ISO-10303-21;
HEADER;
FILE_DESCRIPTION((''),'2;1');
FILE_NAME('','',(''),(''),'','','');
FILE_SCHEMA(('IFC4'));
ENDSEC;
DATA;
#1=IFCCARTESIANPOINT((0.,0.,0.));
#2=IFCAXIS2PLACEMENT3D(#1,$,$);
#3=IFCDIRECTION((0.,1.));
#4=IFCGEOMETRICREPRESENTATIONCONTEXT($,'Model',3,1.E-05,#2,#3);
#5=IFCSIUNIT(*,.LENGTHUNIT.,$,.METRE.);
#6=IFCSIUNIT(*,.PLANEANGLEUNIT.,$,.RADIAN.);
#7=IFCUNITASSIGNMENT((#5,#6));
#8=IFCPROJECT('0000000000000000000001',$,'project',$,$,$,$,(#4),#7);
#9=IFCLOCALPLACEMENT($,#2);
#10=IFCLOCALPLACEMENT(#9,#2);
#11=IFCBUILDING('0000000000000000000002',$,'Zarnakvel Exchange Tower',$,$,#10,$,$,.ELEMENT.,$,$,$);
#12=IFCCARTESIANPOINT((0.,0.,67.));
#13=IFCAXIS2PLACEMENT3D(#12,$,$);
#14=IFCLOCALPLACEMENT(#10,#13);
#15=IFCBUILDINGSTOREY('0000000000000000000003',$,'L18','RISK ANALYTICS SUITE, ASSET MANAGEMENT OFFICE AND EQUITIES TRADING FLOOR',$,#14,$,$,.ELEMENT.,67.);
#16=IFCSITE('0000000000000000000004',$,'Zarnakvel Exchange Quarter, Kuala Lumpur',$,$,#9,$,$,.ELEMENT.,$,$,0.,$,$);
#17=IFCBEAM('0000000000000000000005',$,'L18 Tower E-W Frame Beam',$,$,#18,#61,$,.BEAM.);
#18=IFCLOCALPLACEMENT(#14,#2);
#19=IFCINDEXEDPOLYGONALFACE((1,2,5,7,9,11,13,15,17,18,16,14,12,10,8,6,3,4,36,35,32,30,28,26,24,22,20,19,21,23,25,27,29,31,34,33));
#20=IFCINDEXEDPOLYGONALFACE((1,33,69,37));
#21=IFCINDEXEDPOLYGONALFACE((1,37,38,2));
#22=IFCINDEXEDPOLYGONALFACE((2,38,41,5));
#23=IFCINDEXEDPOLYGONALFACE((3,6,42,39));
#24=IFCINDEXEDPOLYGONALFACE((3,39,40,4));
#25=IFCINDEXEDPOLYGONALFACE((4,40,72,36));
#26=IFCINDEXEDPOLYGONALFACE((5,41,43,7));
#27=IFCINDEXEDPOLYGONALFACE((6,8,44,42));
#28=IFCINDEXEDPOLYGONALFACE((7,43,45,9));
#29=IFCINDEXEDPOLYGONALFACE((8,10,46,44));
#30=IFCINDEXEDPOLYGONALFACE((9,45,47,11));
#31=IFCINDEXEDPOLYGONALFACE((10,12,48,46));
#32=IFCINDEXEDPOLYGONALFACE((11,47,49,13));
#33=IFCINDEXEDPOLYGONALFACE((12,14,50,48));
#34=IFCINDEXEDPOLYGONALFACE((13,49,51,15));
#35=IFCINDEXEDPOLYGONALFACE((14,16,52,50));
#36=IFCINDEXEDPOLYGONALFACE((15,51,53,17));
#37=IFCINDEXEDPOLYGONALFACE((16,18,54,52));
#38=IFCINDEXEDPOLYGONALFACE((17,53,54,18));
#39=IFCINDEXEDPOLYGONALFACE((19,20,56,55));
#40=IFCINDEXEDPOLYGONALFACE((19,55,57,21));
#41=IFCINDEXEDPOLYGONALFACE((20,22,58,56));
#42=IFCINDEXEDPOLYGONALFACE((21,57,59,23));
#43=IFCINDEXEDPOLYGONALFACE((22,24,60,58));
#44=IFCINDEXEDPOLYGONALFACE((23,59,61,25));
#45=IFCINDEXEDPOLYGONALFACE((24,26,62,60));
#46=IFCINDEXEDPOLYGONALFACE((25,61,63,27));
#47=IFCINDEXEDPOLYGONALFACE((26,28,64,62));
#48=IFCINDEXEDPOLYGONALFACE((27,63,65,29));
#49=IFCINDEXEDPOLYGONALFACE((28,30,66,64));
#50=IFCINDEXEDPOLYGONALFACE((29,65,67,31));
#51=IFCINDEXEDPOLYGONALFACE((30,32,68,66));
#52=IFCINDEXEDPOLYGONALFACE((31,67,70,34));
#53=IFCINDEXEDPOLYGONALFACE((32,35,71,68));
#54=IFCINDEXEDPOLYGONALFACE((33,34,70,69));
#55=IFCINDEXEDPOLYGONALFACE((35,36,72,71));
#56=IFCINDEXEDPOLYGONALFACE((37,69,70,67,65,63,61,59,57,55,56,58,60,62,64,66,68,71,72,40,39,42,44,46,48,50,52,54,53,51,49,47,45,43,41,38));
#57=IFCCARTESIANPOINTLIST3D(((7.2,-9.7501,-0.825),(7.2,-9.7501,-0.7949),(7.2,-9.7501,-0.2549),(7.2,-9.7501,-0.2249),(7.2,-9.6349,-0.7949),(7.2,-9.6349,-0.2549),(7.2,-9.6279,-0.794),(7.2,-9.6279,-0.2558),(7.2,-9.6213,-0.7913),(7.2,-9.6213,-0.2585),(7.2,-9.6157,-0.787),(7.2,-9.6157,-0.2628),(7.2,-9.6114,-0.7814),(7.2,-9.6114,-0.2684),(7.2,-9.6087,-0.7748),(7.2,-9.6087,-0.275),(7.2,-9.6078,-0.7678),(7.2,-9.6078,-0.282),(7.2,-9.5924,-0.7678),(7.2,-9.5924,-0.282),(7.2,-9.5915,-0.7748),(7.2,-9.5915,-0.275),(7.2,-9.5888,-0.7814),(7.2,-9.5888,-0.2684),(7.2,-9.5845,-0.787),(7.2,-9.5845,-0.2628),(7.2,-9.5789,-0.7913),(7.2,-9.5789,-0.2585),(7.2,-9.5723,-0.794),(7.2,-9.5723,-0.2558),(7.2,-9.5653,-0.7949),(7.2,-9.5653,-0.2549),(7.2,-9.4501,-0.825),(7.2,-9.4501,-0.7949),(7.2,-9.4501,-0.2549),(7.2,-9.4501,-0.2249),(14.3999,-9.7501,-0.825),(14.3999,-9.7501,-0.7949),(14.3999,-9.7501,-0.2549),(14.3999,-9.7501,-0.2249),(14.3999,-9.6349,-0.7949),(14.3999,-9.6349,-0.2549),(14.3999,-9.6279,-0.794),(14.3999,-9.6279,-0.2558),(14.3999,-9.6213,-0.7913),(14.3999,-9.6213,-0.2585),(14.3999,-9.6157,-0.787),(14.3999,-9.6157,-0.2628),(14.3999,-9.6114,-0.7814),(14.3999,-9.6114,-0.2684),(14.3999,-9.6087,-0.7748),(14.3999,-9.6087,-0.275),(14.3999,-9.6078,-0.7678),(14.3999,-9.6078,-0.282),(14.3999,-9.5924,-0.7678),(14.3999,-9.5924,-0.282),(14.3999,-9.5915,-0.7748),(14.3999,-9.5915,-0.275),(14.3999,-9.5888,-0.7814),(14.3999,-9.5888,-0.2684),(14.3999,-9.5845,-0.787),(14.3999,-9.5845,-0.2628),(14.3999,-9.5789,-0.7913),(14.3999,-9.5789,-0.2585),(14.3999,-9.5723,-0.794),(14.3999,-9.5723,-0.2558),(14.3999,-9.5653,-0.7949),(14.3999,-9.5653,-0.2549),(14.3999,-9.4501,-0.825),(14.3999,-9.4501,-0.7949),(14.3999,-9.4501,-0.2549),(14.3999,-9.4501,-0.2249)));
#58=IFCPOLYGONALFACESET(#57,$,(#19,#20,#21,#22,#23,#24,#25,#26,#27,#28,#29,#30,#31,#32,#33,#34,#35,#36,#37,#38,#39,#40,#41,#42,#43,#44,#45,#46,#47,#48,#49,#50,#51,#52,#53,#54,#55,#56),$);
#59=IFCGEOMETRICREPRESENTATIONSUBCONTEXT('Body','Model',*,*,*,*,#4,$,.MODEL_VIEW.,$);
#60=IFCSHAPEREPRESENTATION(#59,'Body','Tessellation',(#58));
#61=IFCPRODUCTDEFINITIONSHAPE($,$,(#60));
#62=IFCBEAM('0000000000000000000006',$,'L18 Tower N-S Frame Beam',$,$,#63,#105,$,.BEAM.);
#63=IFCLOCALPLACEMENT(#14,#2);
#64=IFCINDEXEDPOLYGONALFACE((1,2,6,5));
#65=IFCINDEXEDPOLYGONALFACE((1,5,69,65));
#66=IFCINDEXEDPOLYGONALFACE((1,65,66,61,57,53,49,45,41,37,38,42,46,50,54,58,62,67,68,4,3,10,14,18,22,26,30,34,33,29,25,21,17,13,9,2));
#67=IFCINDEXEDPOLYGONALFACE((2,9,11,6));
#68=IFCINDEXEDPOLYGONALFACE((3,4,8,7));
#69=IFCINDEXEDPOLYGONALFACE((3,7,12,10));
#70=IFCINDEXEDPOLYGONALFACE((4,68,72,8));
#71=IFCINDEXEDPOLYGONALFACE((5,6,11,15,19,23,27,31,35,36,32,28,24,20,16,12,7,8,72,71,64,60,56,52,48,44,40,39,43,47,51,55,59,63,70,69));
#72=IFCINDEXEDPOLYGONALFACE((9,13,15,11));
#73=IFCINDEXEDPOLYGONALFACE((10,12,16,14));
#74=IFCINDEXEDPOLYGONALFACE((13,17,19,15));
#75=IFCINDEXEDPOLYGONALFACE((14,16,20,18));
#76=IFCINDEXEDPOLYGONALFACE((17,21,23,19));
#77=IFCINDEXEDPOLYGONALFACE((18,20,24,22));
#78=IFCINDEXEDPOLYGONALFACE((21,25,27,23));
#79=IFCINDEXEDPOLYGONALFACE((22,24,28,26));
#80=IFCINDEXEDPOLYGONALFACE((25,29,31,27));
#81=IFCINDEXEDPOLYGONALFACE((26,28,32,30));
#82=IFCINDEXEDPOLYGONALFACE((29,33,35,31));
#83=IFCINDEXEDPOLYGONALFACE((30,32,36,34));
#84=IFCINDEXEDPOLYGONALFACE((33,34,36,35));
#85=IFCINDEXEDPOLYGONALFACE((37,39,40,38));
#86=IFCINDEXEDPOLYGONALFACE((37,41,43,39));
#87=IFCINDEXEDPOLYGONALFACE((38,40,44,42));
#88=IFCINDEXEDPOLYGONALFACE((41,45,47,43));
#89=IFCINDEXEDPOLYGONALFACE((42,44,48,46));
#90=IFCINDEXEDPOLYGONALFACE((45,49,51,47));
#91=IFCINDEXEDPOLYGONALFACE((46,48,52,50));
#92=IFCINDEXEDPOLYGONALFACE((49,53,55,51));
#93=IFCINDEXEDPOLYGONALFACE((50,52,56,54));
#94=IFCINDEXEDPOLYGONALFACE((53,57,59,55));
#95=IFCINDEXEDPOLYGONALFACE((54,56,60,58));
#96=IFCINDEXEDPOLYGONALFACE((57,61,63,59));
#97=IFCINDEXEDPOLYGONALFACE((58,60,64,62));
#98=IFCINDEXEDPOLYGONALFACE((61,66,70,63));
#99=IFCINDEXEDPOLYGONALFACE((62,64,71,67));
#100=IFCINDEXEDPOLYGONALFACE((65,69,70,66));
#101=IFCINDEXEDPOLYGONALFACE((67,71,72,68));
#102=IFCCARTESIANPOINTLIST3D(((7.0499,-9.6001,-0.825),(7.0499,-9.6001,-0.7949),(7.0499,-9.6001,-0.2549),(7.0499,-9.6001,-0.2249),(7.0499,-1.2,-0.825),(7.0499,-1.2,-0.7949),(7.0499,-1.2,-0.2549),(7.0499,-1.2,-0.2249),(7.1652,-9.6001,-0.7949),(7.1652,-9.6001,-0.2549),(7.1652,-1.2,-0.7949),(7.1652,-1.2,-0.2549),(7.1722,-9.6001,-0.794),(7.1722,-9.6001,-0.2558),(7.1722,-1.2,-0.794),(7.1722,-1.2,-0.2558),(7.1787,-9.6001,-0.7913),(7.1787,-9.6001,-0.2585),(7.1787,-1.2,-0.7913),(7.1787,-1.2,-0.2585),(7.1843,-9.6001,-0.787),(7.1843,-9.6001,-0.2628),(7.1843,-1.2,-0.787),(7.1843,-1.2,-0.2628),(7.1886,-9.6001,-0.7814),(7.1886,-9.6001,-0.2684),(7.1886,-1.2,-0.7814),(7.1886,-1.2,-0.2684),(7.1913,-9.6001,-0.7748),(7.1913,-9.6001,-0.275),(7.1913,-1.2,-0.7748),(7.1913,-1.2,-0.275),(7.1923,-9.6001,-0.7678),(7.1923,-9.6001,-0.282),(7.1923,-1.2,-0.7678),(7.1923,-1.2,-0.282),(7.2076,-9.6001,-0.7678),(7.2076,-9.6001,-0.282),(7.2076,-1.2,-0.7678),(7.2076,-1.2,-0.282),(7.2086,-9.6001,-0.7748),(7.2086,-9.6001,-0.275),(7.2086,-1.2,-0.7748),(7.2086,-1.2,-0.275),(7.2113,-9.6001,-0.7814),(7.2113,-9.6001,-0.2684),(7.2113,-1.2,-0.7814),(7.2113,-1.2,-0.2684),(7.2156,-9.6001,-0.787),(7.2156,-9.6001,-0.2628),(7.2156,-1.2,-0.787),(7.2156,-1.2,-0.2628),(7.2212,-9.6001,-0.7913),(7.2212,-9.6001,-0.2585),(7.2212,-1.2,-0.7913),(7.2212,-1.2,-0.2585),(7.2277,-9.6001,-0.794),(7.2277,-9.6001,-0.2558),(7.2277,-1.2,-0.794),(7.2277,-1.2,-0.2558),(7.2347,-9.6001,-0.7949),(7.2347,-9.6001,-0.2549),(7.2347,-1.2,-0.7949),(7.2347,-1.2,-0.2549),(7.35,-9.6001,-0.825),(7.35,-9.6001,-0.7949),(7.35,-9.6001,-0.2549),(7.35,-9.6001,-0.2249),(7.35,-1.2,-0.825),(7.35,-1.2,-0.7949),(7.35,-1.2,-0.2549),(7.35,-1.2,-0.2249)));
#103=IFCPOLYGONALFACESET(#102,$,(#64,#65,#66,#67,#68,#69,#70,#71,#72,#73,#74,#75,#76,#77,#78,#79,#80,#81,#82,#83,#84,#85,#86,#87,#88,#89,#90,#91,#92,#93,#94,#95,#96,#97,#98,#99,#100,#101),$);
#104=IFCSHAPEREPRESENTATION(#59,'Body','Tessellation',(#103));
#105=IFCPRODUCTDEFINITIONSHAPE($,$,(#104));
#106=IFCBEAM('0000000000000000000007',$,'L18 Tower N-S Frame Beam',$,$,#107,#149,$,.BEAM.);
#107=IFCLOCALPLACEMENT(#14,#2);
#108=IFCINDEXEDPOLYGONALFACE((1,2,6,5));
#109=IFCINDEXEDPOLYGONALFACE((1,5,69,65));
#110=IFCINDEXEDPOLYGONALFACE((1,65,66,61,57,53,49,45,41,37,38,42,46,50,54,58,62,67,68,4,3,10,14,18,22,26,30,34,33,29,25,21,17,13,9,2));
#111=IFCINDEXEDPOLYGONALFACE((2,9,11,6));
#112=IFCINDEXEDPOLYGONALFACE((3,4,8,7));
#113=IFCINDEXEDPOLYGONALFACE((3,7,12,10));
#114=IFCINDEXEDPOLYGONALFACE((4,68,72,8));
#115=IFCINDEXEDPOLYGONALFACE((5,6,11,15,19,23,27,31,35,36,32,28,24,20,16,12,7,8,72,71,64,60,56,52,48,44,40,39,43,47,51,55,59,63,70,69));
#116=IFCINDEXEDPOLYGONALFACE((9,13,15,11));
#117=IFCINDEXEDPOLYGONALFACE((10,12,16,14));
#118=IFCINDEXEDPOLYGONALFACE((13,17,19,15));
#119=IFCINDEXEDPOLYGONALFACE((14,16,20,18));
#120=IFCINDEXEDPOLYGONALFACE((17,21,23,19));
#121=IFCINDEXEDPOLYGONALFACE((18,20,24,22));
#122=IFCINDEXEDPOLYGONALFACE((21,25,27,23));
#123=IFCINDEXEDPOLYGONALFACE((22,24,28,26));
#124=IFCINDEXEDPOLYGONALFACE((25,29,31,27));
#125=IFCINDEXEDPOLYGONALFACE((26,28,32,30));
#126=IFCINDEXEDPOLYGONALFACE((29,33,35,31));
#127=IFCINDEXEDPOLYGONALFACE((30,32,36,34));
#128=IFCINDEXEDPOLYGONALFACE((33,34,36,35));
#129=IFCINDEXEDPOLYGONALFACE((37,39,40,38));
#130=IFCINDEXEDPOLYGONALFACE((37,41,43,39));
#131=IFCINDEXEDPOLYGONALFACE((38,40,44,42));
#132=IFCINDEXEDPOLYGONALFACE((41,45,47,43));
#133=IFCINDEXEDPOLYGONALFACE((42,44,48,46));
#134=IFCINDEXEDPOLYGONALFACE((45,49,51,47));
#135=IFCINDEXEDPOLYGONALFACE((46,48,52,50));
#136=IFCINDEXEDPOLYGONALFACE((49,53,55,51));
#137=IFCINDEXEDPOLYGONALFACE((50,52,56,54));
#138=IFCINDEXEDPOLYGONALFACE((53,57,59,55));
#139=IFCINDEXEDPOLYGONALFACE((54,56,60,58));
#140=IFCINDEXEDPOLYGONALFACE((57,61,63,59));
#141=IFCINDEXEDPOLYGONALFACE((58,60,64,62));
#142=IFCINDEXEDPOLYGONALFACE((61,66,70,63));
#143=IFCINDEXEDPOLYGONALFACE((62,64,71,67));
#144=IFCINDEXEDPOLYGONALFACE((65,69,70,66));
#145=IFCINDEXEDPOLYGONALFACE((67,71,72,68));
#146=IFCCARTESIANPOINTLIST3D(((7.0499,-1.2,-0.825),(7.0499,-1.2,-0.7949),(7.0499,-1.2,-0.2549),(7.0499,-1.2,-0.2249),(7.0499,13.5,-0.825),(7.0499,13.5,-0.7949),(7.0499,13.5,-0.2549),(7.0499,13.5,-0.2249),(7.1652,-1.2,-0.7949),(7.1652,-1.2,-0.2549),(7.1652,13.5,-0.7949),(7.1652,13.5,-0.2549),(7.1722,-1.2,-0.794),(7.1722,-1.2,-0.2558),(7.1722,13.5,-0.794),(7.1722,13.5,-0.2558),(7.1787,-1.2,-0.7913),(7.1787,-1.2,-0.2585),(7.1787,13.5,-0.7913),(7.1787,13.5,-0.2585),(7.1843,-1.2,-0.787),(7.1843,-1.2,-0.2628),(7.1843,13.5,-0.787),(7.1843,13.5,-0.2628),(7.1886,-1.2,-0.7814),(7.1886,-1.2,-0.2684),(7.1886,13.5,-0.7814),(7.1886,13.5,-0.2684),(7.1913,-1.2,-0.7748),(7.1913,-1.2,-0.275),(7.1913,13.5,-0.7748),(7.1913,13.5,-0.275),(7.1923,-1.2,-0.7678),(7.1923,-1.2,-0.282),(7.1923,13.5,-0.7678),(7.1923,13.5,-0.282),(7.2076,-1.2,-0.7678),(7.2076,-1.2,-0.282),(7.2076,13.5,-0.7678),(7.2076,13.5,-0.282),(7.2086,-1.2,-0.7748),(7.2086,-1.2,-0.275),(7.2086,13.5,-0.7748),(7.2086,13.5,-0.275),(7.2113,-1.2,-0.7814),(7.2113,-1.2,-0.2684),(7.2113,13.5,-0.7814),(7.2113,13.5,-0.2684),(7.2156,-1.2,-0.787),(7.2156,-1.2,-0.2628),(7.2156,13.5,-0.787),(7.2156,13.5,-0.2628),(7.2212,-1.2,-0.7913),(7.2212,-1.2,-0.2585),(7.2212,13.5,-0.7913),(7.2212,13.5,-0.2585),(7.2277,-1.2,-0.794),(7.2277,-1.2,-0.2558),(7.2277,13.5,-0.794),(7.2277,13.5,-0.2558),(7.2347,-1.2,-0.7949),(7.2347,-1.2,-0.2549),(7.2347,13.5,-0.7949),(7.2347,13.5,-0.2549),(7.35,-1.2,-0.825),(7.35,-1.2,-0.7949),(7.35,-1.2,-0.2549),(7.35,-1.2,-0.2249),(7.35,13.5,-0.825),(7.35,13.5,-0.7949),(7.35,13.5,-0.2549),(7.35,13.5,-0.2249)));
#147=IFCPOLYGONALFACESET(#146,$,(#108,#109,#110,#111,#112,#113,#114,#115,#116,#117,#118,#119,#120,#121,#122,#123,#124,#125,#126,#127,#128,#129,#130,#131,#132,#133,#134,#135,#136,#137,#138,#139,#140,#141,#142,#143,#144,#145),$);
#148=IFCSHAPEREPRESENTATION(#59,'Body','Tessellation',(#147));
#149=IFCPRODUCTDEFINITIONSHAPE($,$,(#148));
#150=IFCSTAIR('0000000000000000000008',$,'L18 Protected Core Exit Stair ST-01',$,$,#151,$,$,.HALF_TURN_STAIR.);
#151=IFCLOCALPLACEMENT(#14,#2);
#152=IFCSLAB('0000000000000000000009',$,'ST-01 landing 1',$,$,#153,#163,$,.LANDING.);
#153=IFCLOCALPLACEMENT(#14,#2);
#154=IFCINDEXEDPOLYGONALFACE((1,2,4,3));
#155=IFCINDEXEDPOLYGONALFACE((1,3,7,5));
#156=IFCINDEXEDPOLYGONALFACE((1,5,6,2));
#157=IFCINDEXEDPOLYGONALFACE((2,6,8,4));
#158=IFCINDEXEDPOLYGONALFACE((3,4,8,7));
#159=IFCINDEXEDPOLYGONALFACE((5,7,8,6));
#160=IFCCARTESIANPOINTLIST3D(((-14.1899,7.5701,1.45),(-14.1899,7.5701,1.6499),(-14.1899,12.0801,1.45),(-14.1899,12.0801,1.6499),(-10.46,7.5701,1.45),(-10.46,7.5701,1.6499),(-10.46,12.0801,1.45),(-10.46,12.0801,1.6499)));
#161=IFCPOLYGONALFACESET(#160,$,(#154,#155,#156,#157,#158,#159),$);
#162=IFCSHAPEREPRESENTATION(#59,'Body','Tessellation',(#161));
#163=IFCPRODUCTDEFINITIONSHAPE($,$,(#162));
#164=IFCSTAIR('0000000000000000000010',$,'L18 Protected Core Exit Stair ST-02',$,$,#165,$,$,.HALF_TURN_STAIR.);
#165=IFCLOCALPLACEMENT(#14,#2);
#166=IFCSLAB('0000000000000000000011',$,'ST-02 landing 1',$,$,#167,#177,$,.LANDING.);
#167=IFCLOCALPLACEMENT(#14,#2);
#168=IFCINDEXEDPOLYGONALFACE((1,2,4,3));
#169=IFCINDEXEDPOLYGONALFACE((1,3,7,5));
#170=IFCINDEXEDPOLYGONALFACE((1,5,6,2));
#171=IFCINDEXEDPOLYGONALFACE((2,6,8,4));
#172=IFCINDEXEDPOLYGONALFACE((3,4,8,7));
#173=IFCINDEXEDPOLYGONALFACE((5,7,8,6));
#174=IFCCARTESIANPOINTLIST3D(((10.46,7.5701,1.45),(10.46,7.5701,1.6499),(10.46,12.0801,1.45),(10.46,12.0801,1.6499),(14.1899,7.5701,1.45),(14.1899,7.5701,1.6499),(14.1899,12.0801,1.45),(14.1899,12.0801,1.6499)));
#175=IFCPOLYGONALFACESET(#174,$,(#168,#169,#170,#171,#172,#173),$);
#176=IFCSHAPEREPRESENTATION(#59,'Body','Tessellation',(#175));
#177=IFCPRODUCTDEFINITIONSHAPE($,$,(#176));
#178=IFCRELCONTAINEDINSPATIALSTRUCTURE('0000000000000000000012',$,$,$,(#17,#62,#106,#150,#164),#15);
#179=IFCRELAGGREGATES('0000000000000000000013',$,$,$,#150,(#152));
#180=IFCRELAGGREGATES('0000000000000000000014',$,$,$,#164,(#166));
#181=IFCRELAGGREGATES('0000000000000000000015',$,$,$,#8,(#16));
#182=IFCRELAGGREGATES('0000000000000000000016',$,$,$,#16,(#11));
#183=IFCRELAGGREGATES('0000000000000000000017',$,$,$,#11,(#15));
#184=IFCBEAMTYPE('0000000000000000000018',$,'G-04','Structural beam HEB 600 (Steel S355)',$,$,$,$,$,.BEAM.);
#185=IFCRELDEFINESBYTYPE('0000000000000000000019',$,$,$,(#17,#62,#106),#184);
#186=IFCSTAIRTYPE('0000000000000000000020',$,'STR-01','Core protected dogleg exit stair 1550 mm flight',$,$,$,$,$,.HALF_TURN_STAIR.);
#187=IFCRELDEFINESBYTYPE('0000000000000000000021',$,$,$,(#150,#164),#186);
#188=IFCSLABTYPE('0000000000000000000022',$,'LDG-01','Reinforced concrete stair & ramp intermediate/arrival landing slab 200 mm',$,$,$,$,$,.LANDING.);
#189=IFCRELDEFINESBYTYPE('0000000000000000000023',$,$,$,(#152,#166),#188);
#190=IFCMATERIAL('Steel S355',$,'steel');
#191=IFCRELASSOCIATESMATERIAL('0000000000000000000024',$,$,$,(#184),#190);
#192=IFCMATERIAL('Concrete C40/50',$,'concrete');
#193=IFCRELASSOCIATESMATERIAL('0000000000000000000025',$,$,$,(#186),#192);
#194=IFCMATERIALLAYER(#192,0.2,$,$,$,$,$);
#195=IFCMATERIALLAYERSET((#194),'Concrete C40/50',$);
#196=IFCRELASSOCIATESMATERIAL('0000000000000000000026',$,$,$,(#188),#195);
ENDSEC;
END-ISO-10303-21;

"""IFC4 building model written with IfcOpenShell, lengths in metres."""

from ifc_helpers import new_model, si_unit, direction, frame, origin, origin_2d, place, context, subcontext, project, spatial, polyline, i_section, outline, extrude, material, layer, layer_set, material_profile, profile_set, type_object, element, aggregate, save


model = new_model("IFC4")

# Units and contexts
model_context = context("Model", 3, precision=1e-05, world=origin(), true_north=direction((0.0, 1.0)))
body_context = subcontext(model_context, "Body", "Model", "MODEL_VIEW")
ifc_project = project(units=[si_unit("LENGTHUNIT", "METRE"), si_unit("PLANEANGLEUNIT", "RADIAN")], contexts=[model_context])

# Site, building, storey
site_placement = place(None, origin())
site = spatial("IfcSite", under=ifc_project, at=site_placement, Name="Zarnakvel Exchange Quarter, Kuala Lumpur", CompositionType="ELEMENT", RefElevation=0.0)
building_placement = place(site_placement, origin())
building = spatial("IfcBuilding", under=site, at=building_placement, Name="Zarnakvel Exchange Tower", CompositionType="ELEMENT")
storey_placement = place(building_placement, frame((0.0, 0.0, 67.0)))
storey = spatial("IfcBuildingStorey", under=building, at=storey_placement, Name="L18", Description="RISK ANALYTICS SUITE, ASSET MANAGEMENT OFFICE AND EQUITIES TRADING FLOOR", CompositionType="ELEMENT", Elevation=67.0)

# Beams
ifc_material_1 = material(Name="Steel S355", Category="steel")
ifc_material_profile_1 = material_profile(ifc_material_1, i_section(OverallWidth=0.3, OverallDepth=0.6001, WebThickness=0.0154, FlangeThickness=0.03, FilletRadius=0.0271, at=origin_2d()))
ifc_profile_set_1 = profile_set([ifc_material_profile_1], Name="Steel S355")
beam_type_1 = type_object("IfcBeamType", Name="G-04", Description="Structural beam HEB 600 (Steel S355)", PredefinedType="BEAM", material=ifc_profile_set_1)
beam_1_placement = place(storey_placement, frame((7.2, -9.6001, -0.5249), z_axis=(1.0, 0.0, 0.0), x_axis=(0.0, 1.0, 0.0)))
element("IfcBeam", 1, at=beam_1_placement, inside=storey, type_object=beam_type_1, Name="L18 Tower E-W Frame Beam", PredefinedType="BEAM", context=body_context, shape_type="SweptSolid", body=[
    extrude(i_section(OverallWidth=0.3, OverallDepth=0.6001, WebThickness=0.0154, FlangeThickness=0.03, FilletRadius=0.0271, at=origin_2d()), origin(), (0.0, 0.0, 1.0), 7.2),
])
beam_2_placement = place(storey_placement, frame((7.2, -9.6001, -0.5249), z_axis=(0.0, 1.0, 0.0), x_axis=(-1.0, 0.0, 0.0)))
element("IfcBeam", 2, at=beam_2_placement, inside=storey, type_object=beam_type_1, Name="L18 Tower N-S Frame Beam", PredefinedType="BEAM", context=body_context, shape_type="SweptSolid", body=[
    extrude(i_section(OverallWidth=0.3, OverallDepth=0.6001, WebThickness=0.0154, FlangeThickness=0.03, FilletRadius=0.0271, at=origin_2d()), origin(), (0.0, 0.0, 1.0), 8.4001),
])
beam_3_placement = place(storey_placement, frame((7.2, -1.2, -0.5249), z_axis=(0.0, 1.0, 0.0), x_axis=(-1.0, 0.0, 0.0)))
element("IfcBeam", 3, at=beam_3_placement, inside=storey, type_object=beam_type_1, Name="L18 Tower N-S Frame Beam", PredefinedType="BEAM", context=body_context, shape_type="SweptSolid", body=[
    extrude(i_section(OverallWidth=0.3, OverallDepth=0.6001, WebThickness=0.0154, FlangeThickness=0.03, FilletRadius=0.0271, at=origin_2d()), origin(), (0.0, 0.0, 1.0), 14.7),
])

# Stairs, slabs
ifc_material_2 = material(Name="Concrete C40/50", Category="concrete")
stair_type = type_object("IfcStairType", Name="STR-01", Description="Core protected dogleg exit stair 1550 mm flight", PredefinedType="HALF_TURN_STAIR", material=ifc_material_2)
stair_1_placement = place(storey_placement, origin())
stair_1 = element("IfcStair", 4, at=stair_1_placement, inside=storey, type_object=stair_type, Name="L18 Protected Core Exit Stair ST-01", PredefinedType="HALF_TURN_STAIR")
ifc_layer_1 = layer(ifc_material_2, 0.2)
ifc_layer_set_1 = layer_set([ifc_layer_1], Name="Concrete C40/50")
slab_type_1 = type_object("IfcSlabType", Name="LDG-01", Description="Reinforced concrete stair & ramp intermediate/arrival landing slab 200 mm", PredefinedType="LANDING", material=ifc_layer_set_1)
slab_1_placement = place(storey_placement, frame((0.0, 0.0, 1.45)))
slab_1 = element("IfcSlab", 5, at=slab_1_placement, type_object=slab_type_1, Name="ST-01 landing 1", PredefinedType="LANDING", context=body_context, shape_type="SweptSolid", body=[
    extrude(outline(polyline([(-14.1899, 7.5701), (-10.46, 7.5701), (-10.46, 12.0801), (-14.1899, 12.0801), (-14.1899, 7.5701)])), origin(), (0.0, 0.0, 1.0), 0.2),
])
aggregate(stair_1, [slab_1])
stair_2_placement = place(storey_placement, origin())
stair_2 = element("IfcStair", 6, at=stair_2_placement, inside=storey, type_object=stair_type, Name="L18 Protected Core Exit Stair ST-02", PredefinedType="HALF_TURN_STAIR")
slab_2_placement = place(storey_placement, frame((0.0, 0.0, 1.45)))
slab_2 = element("IfcSlab", 7, at=slab_2_placement, type_object=slab_type_1, Name="ST-02 landing 1", PredefinedType="LANDING", context=body_context, shape_type="SweptSolid", body=[
    extrude(outline(polyline([(10.46, 7.5701), (14.1899, 7.5701), (14.1899, 12.0801), (10.46, 12.0801), (10.46, 7.5701)])), origin(), (0.0, 0.0, 1.0), 0.2),
])
aggregate(stair_2, [slab_2])

save(model, "model.ifc")
